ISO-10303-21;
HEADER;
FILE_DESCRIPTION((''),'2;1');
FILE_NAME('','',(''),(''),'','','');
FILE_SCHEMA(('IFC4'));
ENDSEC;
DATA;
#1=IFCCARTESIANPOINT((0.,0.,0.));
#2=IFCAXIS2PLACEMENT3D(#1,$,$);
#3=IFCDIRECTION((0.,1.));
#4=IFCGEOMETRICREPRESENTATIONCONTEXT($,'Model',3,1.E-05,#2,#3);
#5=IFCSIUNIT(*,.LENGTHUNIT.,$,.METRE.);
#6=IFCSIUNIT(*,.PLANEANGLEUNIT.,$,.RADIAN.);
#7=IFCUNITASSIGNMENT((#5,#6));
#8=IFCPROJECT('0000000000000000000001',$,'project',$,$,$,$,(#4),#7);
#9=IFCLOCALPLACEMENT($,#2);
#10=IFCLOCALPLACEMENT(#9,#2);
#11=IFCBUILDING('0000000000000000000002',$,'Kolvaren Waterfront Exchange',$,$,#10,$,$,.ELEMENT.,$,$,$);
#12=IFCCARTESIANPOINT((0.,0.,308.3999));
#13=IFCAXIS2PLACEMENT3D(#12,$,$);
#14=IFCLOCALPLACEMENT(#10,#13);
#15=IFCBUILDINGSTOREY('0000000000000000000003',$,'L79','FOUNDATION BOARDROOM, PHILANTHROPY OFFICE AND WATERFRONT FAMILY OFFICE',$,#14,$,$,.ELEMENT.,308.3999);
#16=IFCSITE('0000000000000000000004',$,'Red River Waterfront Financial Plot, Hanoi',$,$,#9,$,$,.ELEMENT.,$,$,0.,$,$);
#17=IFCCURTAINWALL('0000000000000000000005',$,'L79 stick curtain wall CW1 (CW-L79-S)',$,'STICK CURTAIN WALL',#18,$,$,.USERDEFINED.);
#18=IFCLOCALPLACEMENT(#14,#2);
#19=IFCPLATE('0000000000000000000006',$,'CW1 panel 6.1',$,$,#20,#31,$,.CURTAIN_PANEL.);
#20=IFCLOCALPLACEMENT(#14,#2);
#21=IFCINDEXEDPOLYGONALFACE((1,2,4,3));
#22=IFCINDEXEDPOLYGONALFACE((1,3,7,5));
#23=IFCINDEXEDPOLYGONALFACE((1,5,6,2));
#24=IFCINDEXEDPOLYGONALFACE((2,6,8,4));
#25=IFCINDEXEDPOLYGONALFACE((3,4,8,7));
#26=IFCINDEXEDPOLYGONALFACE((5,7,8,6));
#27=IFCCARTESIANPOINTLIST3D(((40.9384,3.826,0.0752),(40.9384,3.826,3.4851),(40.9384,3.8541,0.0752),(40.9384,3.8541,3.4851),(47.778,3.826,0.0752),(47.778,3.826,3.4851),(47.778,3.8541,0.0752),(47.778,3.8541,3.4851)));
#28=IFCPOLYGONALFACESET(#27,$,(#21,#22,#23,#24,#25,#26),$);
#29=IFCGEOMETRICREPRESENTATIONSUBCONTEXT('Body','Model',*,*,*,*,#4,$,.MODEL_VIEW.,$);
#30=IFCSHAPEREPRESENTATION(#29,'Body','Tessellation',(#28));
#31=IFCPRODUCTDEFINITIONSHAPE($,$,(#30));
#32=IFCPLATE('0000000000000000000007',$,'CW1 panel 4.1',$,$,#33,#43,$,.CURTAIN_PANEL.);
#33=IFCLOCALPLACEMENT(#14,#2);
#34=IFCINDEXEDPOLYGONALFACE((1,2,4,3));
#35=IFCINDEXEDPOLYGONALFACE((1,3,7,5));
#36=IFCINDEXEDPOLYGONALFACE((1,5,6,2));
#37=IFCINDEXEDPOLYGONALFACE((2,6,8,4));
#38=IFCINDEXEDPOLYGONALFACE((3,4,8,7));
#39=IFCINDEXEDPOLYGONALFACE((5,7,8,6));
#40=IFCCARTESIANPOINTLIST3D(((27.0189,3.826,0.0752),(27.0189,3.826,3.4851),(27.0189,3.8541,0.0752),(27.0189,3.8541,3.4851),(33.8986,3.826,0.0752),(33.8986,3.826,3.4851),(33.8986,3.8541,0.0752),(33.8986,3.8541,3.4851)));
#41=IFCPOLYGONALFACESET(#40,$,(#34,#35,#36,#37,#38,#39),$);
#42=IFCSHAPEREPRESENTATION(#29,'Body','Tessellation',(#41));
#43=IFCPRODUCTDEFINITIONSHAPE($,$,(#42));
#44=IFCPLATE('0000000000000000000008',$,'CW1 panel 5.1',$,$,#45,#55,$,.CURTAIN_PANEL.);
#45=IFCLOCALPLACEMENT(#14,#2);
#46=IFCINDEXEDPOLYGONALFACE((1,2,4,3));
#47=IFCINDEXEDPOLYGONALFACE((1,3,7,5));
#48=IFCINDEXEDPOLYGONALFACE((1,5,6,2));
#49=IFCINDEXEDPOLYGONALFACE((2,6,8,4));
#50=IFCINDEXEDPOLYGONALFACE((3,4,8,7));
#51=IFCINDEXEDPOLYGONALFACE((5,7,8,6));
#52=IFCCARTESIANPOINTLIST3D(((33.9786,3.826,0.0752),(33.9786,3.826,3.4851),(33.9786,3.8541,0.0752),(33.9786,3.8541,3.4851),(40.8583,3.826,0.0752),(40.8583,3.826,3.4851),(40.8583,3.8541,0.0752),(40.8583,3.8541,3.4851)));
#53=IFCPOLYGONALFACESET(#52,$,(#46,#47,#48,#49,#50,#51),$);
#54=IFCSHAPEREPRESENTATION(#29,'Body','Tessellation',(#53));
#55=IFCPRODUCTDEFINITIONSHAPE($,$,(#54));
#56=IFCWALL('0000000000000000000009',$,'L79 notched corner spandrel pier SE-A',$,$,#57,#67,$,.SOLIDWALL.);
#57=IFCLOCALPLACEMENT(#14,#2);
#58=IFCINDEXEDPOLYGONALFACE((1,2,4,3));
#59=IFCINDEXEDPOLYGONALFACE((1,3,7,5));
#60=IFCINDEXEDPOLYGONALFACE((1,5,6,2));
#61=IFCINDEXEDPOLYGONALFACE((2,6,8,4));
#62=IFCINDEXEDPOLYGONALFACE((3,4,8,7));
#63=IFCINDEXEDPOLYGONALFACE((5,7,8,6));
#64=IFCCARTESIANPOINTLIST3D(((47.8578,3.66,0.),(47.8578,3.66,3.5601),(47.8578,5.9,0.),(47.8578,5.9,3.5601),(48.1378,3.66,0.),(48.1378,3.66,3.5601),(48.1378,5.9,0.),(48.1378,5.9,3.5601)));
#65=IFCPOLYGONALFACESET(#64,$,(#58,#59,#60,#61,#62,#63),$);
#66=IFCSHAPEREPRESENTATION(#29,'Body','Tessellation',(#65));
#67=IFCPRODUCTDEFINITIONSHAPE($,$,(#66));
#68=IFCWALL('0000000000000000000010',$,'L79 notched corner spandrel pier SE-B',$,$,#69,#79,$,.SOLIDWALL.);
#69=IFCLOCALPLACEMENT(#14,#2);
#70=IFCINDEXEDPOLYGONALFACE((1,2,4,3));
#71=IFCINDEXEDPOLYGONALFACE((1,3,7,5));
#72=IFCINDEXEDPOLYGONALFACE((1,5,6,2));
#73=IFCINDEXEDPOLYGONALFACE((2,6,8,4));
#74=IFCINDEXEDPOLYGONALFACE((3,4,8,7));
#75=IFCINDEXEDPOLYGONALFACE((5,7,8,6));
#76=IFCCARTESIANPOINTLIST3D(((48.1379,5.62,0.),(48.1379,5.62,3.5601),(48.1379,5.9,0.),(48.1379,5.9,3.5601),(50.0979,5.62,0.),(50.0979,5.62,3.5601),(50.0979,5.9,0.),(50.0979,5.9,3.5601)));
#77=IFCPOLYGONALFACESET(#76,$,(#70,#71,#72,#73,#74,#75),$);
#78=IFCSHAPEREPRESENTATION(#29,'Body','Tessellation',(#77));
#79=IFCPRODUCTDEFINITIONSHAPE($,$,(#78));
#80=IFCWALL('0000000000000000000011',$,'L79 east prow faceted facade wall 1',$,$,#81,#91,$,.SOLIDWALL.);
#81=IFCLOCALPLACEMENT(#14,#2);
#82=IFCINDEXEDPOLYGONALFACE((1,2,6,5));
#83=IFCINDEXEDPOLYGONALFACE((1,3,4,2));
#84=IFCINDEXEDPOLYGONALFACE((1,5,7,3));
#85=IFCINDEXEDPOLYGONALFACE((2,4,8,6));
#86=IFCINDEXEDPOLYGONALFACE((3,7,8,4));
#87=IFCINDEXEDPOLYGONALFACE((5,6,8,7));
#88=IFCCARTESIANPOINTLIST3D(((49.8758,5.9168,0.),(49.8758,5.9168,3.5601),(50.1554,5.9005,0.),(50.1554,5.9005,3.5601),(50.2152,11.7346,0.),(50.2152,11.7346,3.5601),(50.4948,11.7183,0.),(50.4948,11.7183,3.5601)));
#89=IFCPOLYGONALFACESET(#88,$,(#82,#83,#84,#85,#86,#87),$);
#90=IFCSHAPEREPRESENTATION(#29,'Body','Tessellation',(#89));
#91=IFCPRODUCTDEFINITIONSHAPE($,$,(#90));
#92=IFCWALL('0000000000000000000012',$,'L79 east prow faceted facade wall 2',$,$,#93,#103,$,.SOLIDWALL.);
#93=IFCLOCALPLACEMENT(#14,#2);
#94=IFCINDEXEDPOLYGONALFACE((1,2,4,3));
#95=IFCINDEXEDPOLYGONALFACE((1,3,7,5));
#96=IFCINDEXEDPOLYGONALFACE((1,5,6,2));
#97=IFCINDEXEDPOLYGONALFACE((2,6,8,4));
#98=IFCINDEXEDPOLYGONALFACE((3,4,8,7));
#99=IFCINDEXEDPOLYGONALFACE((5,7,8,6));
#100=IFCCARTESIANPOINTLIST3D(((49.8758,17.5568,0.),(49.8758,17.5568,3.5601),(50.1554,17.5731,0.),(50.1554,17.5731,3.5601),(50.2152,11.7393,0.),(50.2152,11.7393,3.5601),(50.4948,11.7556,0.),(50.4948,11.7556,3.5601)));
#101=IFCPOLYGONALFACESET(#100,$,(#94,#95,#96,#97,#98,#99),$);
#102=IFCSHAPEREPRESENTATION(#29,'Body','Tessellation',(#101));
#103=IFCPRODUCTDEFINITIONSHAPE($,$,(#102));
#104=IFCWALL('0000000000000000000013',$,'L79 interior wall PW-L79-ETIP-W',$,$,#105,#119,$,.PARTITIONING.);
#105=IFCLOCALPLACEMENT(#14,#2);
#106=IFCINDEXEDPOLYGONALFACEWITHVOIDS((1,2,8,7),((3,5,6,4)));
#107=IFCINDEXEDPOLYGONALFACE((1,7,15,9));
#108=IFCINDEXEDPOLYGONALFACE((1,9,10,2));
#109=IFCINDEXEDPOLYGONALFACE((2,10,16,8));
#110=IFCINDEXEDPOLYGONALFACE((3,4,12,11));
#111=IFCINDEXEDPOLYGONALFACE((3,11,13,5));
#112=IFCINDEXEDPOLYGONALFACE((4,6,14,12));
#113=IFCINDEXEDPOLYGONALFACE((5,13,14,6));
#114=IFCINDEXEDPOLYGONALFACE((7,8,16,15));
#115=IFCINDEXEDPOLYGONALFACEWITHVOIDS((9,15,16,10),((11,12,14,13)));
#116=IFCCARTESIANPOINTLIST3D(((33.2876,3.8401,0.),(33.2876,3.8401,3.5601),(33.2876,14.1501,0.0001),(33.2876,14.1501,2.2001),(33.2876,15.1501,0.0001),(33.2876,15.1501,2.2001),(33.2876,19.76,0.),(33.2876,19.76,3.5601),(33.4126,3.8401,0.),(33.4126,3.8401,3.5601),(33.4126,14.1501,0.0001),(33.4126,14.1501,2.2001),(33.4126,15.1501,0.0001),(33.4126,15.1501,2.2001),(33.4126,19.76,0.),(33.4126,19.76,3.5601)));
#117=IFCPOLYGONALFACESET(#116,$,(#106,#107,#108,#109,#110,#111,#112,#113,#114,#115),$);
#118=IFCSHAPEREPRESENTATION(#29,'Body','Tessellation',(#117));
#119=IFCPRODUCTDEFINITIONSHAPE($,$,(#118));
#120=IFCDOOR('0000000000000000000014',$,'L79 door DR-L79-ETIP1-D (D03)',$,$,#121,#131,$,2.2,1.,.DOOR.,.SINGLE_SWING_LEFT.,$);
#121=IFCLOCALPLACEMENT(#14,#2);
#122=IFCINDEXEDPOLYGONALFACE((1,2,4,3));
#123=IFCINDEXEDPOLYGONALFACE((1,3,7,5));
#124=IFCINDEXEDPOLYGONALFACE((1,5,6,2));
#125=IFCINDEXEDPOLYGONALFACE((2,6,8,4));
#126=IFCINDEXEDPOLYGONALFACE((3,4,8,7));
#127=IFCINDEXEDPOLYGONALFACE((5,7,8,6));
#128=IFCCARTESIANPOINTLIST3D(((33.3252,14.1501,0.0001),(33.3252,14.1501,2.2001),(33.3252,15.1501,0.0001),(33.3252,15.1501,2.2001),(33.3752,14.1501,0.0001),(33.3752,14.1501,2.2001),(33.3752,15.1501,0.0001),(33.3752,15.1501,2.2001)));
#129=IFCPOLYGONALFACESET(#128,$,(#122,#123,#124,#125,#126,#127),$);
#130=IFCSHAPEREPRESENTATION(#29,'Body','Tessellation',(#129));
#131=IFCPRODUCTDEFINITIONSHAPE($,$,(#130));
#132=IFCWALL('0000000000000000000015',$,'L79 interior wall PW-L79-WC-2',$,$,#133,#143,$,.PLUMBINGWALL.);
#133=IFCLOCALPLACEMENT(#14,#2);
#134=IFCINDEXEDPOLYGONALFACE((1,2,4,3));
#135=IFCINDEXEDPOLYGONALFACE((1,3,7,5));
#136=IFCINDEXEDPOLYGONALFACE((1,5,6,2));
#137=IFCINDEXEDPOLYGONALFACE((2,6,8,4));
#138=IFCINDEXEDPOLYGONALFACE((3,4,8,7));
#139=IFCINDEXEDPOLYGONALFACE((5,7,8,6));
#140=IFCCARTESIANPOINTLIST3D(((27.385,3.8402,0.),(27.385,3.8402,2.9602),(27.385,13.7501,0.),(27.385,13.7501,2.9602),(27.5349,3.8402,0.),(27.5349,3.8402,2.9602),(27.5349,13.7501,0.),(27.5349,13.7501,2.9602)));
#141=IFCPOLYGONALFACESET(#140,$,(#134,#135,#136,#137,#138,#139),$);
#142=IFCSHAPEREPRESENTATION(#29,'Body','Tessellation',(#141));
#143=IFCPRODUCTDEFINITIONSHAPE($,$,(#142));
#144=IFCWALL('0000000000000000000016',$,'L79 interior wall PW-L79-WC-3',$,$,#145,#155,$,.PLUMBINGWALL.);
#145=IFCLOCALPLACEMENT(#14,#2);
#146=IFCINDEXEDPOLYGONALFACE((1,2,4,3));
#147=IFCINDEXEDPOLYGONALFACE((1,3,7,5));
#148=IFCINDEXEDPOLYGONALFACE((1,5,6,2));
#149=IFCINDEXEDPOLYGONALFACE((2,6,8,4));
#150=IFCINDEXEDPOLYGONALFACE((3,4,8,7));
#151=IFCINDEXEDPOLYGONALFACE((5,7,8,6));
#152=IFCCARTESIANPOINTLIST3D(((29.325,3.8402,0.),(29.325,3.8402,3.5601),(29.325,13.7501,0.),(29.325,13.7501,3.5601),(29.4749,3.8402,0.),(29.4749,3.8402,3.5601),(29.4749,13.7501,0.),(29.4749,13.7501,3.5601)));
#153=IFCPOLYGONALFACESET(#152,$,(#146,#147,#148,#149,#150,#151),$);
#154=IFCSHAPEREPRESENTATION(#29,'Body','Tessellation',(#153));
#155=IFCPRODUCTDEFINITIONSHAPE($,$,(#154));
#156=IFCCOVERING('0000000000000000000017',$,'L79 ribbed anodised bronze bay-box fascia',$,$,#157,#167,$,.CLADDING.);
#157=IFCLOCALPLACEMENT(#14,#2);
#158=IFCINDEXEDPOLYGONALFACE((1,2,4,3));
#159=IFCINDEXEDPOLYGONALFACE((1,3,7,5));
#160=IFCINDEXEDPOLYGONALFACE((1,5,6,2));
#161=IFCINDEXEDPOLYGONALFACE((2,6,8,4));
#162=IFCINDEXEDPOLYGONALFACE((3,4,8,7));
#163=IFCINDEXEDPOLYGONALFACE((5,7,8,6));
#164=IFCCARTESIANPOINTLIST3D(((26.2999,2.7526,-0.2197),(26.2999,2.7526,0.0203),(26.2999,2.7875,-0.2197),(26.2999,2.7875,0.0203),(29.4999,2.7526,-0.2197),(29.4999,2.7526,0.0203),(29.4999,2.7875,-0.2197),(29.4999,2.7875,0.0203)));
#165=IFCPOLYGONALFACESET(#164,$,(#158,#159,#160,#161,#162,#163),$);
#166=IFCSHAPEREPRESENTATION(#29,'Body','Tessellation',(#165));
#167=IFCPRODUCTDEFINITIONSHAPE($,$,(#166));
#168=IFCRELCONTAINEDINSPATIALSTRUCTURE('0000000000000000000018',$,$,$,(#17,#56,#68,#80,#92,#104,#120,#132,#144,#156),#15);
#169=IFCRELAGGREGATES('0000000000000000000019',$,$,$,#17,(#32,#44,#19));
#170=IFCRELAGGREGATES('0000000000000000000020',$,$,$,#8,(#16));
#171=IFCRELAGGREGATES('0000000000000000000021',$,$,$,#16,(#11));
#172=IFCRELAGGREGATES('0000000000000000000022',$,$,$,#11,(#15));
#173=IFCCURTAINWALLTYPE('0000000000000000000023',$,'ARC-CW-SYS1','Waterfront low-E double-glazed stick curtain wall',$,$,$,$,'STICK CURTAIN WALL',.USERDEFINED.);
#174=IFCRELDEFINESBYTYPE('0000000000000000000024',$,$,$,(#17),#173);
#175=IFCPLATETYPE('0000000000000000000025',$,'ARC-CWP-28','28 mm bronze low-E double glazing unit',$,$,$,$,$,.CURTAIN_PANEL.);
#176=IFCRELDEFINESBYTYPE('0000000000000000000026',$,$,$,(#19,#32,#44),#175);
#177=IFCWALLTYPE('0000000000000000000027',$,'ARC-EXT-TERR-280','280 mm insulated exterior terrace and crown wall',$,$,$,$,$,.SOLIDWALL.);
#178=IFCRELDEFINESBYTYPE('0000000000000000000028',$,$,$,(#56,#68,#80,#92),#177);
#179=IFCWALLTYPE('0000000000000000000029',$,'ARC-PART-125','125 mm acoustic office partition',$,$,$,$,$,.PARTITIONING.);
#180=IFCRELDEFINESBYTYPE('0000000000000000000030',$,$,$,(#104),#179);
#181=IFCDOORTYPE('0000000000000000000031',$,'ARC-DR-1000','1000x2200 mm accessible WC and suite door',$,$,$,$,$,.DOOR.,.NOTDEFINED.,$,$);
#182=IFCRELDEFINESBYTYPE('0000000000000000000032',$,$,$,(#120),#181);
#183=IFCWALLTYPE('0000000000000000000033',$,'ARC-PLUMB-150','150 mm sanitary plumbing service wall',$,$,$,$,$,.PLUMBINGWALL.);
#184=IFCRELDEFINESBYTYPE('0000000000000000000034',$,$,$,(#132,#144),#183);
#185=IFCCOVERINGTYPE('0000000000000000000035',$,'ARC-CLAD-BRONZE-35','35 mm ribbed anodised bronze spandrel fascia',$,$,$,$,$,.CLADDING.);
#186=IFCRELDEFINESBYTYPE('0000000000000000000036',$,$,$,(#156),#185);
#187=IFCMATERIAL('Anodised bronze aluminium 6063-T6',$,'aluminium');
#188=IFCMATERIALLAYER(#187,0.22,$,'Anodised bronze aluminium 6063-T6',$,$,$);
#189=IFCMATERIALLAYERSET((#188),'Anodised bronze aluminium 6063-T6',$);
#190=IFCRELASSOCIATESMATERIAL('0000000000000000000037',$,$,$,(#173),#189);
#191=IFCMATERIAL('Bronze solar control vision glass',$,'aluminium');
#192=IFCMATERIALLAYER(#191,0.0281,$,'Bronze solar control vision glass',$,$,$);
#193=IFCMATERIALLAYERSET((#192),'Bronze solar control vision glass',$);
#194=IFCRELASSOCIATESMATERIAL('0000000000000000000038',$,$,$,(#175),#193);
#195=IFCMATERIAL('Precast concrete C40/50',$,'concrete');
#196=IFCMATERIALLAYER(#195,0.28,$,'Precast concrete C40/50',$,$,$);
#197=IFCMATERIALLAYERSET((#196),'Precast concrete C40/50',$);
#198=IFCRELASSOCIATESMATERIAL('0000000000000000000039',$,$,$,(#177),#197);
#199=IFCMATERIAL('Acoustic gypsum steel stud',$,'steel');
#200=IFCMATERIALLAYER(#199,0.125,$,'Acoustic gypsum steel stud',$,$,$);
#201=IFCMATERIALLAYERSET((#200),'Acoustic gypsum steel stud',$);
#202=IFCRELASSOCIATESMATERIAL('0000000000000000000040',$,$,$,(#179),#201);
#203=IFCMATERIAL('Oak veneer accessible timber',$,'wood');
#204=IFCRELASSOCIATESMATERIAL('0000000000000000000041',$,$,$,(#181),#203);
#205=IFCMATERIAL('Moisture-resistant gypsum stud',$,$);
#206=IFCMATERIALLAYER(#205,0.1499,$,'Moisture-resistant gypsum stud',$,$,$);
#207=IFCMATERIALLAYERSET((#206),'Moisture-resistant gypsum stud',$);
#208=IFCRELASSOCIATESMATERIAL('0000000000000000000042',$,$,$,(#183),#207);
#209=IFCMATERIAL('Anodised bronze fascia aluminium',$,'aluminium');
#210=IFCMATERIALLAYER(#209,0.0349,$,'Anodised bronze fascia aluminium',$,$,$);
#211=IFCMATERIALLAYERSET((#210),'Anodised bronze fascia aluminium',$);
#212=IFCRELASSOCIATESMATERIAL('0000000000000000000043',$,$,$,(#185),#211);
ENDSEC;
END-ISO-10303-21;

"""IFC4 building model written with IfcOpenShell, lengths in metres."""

from ifc_helpers import new_model, si_unit, direction, frame, frame_2d, origin, origin_with_axes, origin_2d, place, context, subcontext, project, spatial, rectangle, extrude, source, transform, mapped, material, layer, layer_set, type_object, element, fill, aggregate, save


model = new_model("IFC4")

# Units and contexts
model_context = context("Model", 3, precision=1e-05, world=origin(), true_north=direction((0.0, 1.0)))
body_context = subcontext(model_context, "Body", "Model", "MODEL_VIEW")
ifc_project = project(units=[si_unit("LENGTHUNIT", "METRE"), si_unit("PLANEANGLEUNIT", "RADIAN")], contexts=[model_context])

# Site, building, storey
site_placement = place(None, origin())
site = spatial("IfcSite", under=ifc_project, at=site_placement, Name="Red River Waterfront Financial Plot, Hanoi", CompositionType="ELEMENT", RefElevation=0.0)
building_placement = place(site_placement, origin())
building = spatial("IfcBuilding", under=site, at=building_placement, Name="Kolvaren Waterfront Exchange", CompositionType="ELEMENT")
storey_placement = place(building_placement, frame((0.0, 0.0, 308.3999)))
storey = spatial("IfcBuildingStorey", under=building, at=storey_placement, Name="L79", Description="FOUNDATION BOARDROOM, PHILANTHROPY OFFICE AND WATERFRONT FAMILY OFFICE", CompositionType="ELEMENT", Elevation=308.3999)

# Shared definitions
ifc_material_1 = material(Name="Anodised bronze aluminium 6063-T6", Category="aluminium")

# Curtain wall
ifc_layer_1 = layer(ifc_material_1, 0.22, Name="Anodised bronze aluminium 6063-T6")
ifc_layer_set_1 = layer_set([ifc_layer_1], Name="Anodised bronze aluminium 6063-T6")
curtain_wall_type_1 = type_object("IfcCurtainWallType", Name="ARC-CW-SYS1", Description="Waterfront low-E double-glazed stick curtain wall", ElementType="STICK CURTAIN WALL", PredefinedType="USERDEFINED", material=ifc_layer_set_1)
curtain_wall_1_placement = place(storey_placement, origin())
curtain_wall_1 = element("IfcCurtainWall", 1, at=curtain_wall_1_placement, inside=storey, type_object=curtain_wall_type_1, Name="L79 stick curtain wall CW1 (CW-L79-S)", ObjectType="STICK CURTAIN WALL", PredefinedType="USERDEFINED")

# Plates
ifc_material_2 = material(Name="Bronze solar control vision glass", Category="aluminium")
ifc_layer_2 = layer(ifc_material_2, 0.0281, Name="Bronze solar control vision glass")
ifc_layer_set_2 = layer_set([ifc_layer_2], Name="Bronze solar control vision glass")
plate_type_1 = type_object("IfcPlateType", Name="ARC-CWP-28", Description="28 mm bronze low-E double glazing unit", PredefinedType="CURTAIN_PANEL", material=ifc_layer_set_2)
shared_shape_1 = source(origin_with_axes(), body_context, "Body", "SweptSolid", [
    extrude(rectangle(XDim=6.8396, YDim=0.0281, at=origin_2d()), origin(), (0.0, 0.0, 1.0), 3.4099),
])
plate_1_placement = place(storey_placement, frame((44.3582, 3.8401, 0.0752), z_axis=(0.0, 0.0, 1.0), x_axis=(1.0, 0.0, 0.0)))
plate_1 = element("IfcPlate", 2, at=plate_1_placement, type_object=plate_type_1, Name="CW1 panel 6.1", PredefinedType="CURTAIN_PANEL", context=body_context, shape_type="MappedRepresentation", body=[
    mapped(shared_shape_1, transform((0.0, 0.0, 0.0), x_axis=(1.0, 0.0, 0.0), y_axis=(0.0, 1.0, 0.0), z_axis=(0.0, 0.0, 1.0), scale=1.0)),
])
shared_shape_2 = source(origin_with_axes(), body_context, "Body", "SweptSolid", [
    extrude(rectangle(XDim=6.8796, YDim=0.0281, at=origin_2d()), origin(), (0.0, 0.0, 1.0), 3.4099),
])
plate_2_placement = place(storey_placement, frame((30.4587, 3.8401, 0.0752), z_axis=(0.0, 0.0, 1.0), x_axis=(1.0, 0.0, 0.0)))
plate_2 = element("IfcPlate", 3, at=plate_2_placement, type_object=plate_type_1, Name="CW1 panel 4.1", PredefinedType="CURTAIN_PANEL", context=body_context, shape_type="MappedRepresentation", body=[
    mapped(shared_shape_2, transform((0.0, 0.0, 0.0), x_axis=(1.0, 0.0, 0.0), y_axis=(0.0, 1.0, 0.0), z_axis=(0.0, 0.0, 1.0), scale=1.0)),
])
plate_3_placement = place(storey_placement, frame((37.4185, 3.8401, 0.0752), z_axis=(0.0, 0.0, 1.0), x_axis=(1.0, 0.0, 0.0)))
plate_3 = element("IfcPlate", 4, at=plate_3_placement, type_object=plate_type_1, Name="CW1 panel 5.1", PredefinedType="CURTAIN_PANEL", context=body_context, shape_type="MappedRepresentation", body=[
    mapped(shared_shape_2, transform((0.0, 0.0, 0.0), x_axis=(1.0, 0.0, 0.0), y_axis=(0.0, 1.0, 0.0), z_axis=(0.0, 0.0, 1.0), scale=1.0)),
])
aggregate(curtain_wall_1, [plate_2, plate_3, plate_1])

# Walls
ifc_material_3 = material(Name="Precast concrete C40/50", Category="concrete")
ifc_layer_3 = layer(ifc_material_3, 0.28, Name="Precast concrete C40/50")
ifc_layer_set_3 = layer_set([ifc_layer_3], Name="Precast concrete C40/50")
wall_type_1 = type_object("IfcWallType", Name="ARC-EXT-TERR-280", Description="280 mm insulated exterior terrace and crown wall", PredefinedType="SOLIDWALL", material=ifc_layer_set_3)
wall_1_placement = place(storey_placement, frame((47.9978, 3.6599, 0.0), z_axis=(0.0, 0.0, 1.0), x_axis=(0.0, 1.0, 0.0)))
element("IfcWall", 5, at=wall_1_placement, inside=storey, type_object=wall_type_1, Name="L79 notched corner spandrel pier SE-A", PredefinedType="SOLIDWALL", context=body_context, shape_type="SweptSolid", body=[
    extrude(rectangle(XDim=2.24, YDim=0.28, at=frame_2d((1.1201, 0.0))), origin(), (0.0, 0.0, 1.0), 3.5601),
])
wall_2_placement = place(storey_placement, frame((48.1379, 5.76, 0.0), z_axis=(0.0, 0.0, 1.0), x_axis=(1.0, 0.0, 0.0)))
element("IfcWall", 6, at=wall_2_placement, inside=storey, type_object=wall_type_1, Name="L79 notched corner spandrel pier SE-B", PredefinedType="SOLIDWALL", context=body_context, shape_type="SweptSolid", body=[
    extrude(rectangle(XDim=1.96, YDim=0.28, at=frame_2d((0.98, 0.0))), origin(), (0.0, 0.0, 1.0), 3.5601),
])
wall_3_placement = place(storey_placement, frame((50.0156, 5.9087, 0.0), z_axis=(0.0, 0.0, 1.0), x_axis=(0.058233, 0.998303, 0.0)))
element("IfcWall", 7, at=wall_3_placement, inside=storey, type_object=wall_type_1, Name="L79 east prow faceted facade wall 1", PredefinedType="SOLIDWALL", context=body_context, shape_type="SweptSolid", body=[
    extrude(rectangle(XDim=5.8276, YDim=0.28, at=frame_2d((2.9138, 0.0))), origin(), (0.0, 0.0, 1.0), 3.5601),
])
wall_4_placement = place(storey_placement, frame((50.355, 11.7476, 0.0), z_axis=(0.0, 0.0, 1.0), x_axis=(-0.058236, 0.998303, 0.0)))
element("IfcWall", 8, at=wall_4_placement, inside=storey, type_object=wall_type_1, Name="L79 east prow faceted facade wall 2", PredefinedType="SOLIDWALL", context=body_context, shape_type="SweptSolid", body=[
    extrude(rectangle(XDim=5.8274, YDim=0.28, at=frame_2d((2.9136, 0.0))), origin(), (0.0, 0.0, 1.0), 3.5601),
])

# Wall, opening, door
ifc_material_4 = material(Name="Acoustic gypsum steel stud", Category="steel")
ifc_layer_4 = layer(ifc_material_4, 0.125, Name="Acoustic gypsum steel stud")
ifc_layer_set_4 = layer_set([ifc_layer_4], Name="Acoustic gypsum steel stud")
wall_type_2 = type_object("IfcWallType", Name="ARC-PART-125", Description="125 mm acoustic office partition", PredefinedType="PARTITIONING", material=ifc_layer_set_4)
wall_5_placement = place(storey_placement, frame((33.3501, 3.8401, 0.0), z_axis=(0.0, 0.0, 1.0), x_axis=(0.0, 1.0, 0.0)))
wall_5 = element("IfcWall", 9, at=wall_5_placement, inside=storey, type_object=wall_type_2, Name="L79 interior wall PW-L79-ETIP-W", PredefinedType="PARTITIONING", context=body_context, shape_type="SweptSolid", body=[
    extrude(rectangle(XDim=15.9199, YDim=0.125, at=frame_2d((7.96, 0.0))), origin(), (0.0, 0.0, 1.0), 3.5601),
])
opening_placement = place(wall_5_placement, frame((10.3101, 0.0, 0.0)))
opening = element("IfcOpeningElement", 10, at=opening_placement, cuts=wall_5, PredefinedType="OPENING", context=body_context, shape_type="SweptSolid", body=[
    extrude(rectangle(XDim=1.0, YDim=2.2, at=frame_2d((0.5, 1.1001))), frame((0.0, 0.0725, 0.0), z_axis=(0.0, -1.0, 0.0), x_axis=(1.0, 0.0, 0.0)), (0.0, 0.0, 1.0), 0.145),
])
ifc_material_5 = material(Name="Oak veneer accessible timber", Category="wood")
door_type = type_object("IfcDoorType", Name="ARC-DR-1000", Description="1000x2200 mm accessible WC and suite door", OperationType="NOTDEFINED", PredefinedType="DOOR", material=ifc_material_5)
door_placement = place(opening_placement, origin())
door = element("IfcDoor", 11, at=door_placement, inside=storey, type_object=door_type, Name="L79 door DR-L79-ETIP1-D (D03)", OperationType="SINGLE_SWING_LEFT", OverallHeight=2.2, OverallWidth=1.0, PredefinedType="DOOR", context=body_context, shape_type="SweptSolid", body=[
    extrude(rectangle(XDim=1.0, YDim=2.2, at=frame_2d((0.5, 1.1001))), frame((0.0, 0.0249, 0.0), z_axis=(0.0, -1.0, 0.0), x_axis=(1.0, 0.0, 0.0)), (0.0, 0.0, 1.0), 0.05),
])
fill(opening, door)

# Walls
ifc_material_6 = material(Name="Moisture-resistant gypsum stud")
ifc_layer_5 = layer(ifc_material_6, 0.1499, Name="Moisture-resistant gypsum stud")
ifc_layer_set_5 = layer_set([ifc_layer_5], Name="Moisture-resistant gypsum stud")
wall_type_3 = type_object("IfcWallType", Name="ARC-PLUMB-150", Description="150 mm sanitary plumbing service wall", PredefinedType="PLUMBINGWALL", material=ifc_layer_set_5)
wall_6_placement = place(storey_placement, frame((27.46, 3.8401, 0.0), z_axis=(0.0, 0.0, 1.0), x_axis=(0.0, 1.0, 0.0)))
element("IfcWall", 12, at=wall_6_placement, inside=storey, type_object=wall_type_3, Name="L79 interior wall PW-L79-WC-2", PredefinedType="PLUMBINGWALL", context=body_context, shape_type="SweptSolid", body=[
    extrude(rectangle(XDim=9.9099, YDim=0.1499, at=frame_2d((4.9551, 0.0))), origin(), (0.0, 0.0, 1.0), 2.9602),
])
wall_7_placement = place(storey_placement, frame((29.3999, 3.8401, 0.0), z_axis=(0.0, 0.0, 1.0), x_axis=(0.0, 1.0, 0.0)))
element("IfcWall", 13, at=wall_7_placement, inside=storey, type_object=wall_type_3, Name="L79 interior wall PW-L79-WC-3", PredefinedType="PLUMBINGWALL", context=body_context, shape_type="SweptSolid", body=[
    extrude(rectangle(XDim=9.9099, YDim=0.1499, at=frame_2d((4.9551, 0.0))), origin(), (0.0, 0.0, 1.0), 3.5601),
])

# Covering
ifc_material_7 = material(Name="Anodised bronze fascia aluminium", Category="aluminium")
ifc_layer_6 = layer(ifc_material_7, 0.0349, Name="Anodised bronze fascia aluminium")
ifc_layer_set_6 = layer_set([ifc_layer_6], Name="Anodised bronze fascia aluminium")
covering_type = type_object("IfcCoveringType", Name="ARC-CLAD-BRONZE-35", Description="35 mm ribbed anodised bronze spandrel fascia", PredefinedType="CLADDING", material=ifc_layer_set_6)
covering_placement = place(storey_placement, frame((27.8999, 2.77, -0.2197), z_axis=(0.0, 0.0, 1.0), x_axis=(1.0, 0.0, 0.0)))
element("IfcCovering", 14, at=covering_placement, inside=storey, type_object=covering_type, Name="L79 ribbed anodised bronze bay-box fascia", PredefinedType="CLADDING", context=body_context, shape_type="SweptSolid", body=[
    extrude(rectangle(XDim=3.2, YDim=0.0349, at=origin_2d()), origin(), (0.0, 0.0, 1.0), 0.24),
])

save(model, "model.ifc")
